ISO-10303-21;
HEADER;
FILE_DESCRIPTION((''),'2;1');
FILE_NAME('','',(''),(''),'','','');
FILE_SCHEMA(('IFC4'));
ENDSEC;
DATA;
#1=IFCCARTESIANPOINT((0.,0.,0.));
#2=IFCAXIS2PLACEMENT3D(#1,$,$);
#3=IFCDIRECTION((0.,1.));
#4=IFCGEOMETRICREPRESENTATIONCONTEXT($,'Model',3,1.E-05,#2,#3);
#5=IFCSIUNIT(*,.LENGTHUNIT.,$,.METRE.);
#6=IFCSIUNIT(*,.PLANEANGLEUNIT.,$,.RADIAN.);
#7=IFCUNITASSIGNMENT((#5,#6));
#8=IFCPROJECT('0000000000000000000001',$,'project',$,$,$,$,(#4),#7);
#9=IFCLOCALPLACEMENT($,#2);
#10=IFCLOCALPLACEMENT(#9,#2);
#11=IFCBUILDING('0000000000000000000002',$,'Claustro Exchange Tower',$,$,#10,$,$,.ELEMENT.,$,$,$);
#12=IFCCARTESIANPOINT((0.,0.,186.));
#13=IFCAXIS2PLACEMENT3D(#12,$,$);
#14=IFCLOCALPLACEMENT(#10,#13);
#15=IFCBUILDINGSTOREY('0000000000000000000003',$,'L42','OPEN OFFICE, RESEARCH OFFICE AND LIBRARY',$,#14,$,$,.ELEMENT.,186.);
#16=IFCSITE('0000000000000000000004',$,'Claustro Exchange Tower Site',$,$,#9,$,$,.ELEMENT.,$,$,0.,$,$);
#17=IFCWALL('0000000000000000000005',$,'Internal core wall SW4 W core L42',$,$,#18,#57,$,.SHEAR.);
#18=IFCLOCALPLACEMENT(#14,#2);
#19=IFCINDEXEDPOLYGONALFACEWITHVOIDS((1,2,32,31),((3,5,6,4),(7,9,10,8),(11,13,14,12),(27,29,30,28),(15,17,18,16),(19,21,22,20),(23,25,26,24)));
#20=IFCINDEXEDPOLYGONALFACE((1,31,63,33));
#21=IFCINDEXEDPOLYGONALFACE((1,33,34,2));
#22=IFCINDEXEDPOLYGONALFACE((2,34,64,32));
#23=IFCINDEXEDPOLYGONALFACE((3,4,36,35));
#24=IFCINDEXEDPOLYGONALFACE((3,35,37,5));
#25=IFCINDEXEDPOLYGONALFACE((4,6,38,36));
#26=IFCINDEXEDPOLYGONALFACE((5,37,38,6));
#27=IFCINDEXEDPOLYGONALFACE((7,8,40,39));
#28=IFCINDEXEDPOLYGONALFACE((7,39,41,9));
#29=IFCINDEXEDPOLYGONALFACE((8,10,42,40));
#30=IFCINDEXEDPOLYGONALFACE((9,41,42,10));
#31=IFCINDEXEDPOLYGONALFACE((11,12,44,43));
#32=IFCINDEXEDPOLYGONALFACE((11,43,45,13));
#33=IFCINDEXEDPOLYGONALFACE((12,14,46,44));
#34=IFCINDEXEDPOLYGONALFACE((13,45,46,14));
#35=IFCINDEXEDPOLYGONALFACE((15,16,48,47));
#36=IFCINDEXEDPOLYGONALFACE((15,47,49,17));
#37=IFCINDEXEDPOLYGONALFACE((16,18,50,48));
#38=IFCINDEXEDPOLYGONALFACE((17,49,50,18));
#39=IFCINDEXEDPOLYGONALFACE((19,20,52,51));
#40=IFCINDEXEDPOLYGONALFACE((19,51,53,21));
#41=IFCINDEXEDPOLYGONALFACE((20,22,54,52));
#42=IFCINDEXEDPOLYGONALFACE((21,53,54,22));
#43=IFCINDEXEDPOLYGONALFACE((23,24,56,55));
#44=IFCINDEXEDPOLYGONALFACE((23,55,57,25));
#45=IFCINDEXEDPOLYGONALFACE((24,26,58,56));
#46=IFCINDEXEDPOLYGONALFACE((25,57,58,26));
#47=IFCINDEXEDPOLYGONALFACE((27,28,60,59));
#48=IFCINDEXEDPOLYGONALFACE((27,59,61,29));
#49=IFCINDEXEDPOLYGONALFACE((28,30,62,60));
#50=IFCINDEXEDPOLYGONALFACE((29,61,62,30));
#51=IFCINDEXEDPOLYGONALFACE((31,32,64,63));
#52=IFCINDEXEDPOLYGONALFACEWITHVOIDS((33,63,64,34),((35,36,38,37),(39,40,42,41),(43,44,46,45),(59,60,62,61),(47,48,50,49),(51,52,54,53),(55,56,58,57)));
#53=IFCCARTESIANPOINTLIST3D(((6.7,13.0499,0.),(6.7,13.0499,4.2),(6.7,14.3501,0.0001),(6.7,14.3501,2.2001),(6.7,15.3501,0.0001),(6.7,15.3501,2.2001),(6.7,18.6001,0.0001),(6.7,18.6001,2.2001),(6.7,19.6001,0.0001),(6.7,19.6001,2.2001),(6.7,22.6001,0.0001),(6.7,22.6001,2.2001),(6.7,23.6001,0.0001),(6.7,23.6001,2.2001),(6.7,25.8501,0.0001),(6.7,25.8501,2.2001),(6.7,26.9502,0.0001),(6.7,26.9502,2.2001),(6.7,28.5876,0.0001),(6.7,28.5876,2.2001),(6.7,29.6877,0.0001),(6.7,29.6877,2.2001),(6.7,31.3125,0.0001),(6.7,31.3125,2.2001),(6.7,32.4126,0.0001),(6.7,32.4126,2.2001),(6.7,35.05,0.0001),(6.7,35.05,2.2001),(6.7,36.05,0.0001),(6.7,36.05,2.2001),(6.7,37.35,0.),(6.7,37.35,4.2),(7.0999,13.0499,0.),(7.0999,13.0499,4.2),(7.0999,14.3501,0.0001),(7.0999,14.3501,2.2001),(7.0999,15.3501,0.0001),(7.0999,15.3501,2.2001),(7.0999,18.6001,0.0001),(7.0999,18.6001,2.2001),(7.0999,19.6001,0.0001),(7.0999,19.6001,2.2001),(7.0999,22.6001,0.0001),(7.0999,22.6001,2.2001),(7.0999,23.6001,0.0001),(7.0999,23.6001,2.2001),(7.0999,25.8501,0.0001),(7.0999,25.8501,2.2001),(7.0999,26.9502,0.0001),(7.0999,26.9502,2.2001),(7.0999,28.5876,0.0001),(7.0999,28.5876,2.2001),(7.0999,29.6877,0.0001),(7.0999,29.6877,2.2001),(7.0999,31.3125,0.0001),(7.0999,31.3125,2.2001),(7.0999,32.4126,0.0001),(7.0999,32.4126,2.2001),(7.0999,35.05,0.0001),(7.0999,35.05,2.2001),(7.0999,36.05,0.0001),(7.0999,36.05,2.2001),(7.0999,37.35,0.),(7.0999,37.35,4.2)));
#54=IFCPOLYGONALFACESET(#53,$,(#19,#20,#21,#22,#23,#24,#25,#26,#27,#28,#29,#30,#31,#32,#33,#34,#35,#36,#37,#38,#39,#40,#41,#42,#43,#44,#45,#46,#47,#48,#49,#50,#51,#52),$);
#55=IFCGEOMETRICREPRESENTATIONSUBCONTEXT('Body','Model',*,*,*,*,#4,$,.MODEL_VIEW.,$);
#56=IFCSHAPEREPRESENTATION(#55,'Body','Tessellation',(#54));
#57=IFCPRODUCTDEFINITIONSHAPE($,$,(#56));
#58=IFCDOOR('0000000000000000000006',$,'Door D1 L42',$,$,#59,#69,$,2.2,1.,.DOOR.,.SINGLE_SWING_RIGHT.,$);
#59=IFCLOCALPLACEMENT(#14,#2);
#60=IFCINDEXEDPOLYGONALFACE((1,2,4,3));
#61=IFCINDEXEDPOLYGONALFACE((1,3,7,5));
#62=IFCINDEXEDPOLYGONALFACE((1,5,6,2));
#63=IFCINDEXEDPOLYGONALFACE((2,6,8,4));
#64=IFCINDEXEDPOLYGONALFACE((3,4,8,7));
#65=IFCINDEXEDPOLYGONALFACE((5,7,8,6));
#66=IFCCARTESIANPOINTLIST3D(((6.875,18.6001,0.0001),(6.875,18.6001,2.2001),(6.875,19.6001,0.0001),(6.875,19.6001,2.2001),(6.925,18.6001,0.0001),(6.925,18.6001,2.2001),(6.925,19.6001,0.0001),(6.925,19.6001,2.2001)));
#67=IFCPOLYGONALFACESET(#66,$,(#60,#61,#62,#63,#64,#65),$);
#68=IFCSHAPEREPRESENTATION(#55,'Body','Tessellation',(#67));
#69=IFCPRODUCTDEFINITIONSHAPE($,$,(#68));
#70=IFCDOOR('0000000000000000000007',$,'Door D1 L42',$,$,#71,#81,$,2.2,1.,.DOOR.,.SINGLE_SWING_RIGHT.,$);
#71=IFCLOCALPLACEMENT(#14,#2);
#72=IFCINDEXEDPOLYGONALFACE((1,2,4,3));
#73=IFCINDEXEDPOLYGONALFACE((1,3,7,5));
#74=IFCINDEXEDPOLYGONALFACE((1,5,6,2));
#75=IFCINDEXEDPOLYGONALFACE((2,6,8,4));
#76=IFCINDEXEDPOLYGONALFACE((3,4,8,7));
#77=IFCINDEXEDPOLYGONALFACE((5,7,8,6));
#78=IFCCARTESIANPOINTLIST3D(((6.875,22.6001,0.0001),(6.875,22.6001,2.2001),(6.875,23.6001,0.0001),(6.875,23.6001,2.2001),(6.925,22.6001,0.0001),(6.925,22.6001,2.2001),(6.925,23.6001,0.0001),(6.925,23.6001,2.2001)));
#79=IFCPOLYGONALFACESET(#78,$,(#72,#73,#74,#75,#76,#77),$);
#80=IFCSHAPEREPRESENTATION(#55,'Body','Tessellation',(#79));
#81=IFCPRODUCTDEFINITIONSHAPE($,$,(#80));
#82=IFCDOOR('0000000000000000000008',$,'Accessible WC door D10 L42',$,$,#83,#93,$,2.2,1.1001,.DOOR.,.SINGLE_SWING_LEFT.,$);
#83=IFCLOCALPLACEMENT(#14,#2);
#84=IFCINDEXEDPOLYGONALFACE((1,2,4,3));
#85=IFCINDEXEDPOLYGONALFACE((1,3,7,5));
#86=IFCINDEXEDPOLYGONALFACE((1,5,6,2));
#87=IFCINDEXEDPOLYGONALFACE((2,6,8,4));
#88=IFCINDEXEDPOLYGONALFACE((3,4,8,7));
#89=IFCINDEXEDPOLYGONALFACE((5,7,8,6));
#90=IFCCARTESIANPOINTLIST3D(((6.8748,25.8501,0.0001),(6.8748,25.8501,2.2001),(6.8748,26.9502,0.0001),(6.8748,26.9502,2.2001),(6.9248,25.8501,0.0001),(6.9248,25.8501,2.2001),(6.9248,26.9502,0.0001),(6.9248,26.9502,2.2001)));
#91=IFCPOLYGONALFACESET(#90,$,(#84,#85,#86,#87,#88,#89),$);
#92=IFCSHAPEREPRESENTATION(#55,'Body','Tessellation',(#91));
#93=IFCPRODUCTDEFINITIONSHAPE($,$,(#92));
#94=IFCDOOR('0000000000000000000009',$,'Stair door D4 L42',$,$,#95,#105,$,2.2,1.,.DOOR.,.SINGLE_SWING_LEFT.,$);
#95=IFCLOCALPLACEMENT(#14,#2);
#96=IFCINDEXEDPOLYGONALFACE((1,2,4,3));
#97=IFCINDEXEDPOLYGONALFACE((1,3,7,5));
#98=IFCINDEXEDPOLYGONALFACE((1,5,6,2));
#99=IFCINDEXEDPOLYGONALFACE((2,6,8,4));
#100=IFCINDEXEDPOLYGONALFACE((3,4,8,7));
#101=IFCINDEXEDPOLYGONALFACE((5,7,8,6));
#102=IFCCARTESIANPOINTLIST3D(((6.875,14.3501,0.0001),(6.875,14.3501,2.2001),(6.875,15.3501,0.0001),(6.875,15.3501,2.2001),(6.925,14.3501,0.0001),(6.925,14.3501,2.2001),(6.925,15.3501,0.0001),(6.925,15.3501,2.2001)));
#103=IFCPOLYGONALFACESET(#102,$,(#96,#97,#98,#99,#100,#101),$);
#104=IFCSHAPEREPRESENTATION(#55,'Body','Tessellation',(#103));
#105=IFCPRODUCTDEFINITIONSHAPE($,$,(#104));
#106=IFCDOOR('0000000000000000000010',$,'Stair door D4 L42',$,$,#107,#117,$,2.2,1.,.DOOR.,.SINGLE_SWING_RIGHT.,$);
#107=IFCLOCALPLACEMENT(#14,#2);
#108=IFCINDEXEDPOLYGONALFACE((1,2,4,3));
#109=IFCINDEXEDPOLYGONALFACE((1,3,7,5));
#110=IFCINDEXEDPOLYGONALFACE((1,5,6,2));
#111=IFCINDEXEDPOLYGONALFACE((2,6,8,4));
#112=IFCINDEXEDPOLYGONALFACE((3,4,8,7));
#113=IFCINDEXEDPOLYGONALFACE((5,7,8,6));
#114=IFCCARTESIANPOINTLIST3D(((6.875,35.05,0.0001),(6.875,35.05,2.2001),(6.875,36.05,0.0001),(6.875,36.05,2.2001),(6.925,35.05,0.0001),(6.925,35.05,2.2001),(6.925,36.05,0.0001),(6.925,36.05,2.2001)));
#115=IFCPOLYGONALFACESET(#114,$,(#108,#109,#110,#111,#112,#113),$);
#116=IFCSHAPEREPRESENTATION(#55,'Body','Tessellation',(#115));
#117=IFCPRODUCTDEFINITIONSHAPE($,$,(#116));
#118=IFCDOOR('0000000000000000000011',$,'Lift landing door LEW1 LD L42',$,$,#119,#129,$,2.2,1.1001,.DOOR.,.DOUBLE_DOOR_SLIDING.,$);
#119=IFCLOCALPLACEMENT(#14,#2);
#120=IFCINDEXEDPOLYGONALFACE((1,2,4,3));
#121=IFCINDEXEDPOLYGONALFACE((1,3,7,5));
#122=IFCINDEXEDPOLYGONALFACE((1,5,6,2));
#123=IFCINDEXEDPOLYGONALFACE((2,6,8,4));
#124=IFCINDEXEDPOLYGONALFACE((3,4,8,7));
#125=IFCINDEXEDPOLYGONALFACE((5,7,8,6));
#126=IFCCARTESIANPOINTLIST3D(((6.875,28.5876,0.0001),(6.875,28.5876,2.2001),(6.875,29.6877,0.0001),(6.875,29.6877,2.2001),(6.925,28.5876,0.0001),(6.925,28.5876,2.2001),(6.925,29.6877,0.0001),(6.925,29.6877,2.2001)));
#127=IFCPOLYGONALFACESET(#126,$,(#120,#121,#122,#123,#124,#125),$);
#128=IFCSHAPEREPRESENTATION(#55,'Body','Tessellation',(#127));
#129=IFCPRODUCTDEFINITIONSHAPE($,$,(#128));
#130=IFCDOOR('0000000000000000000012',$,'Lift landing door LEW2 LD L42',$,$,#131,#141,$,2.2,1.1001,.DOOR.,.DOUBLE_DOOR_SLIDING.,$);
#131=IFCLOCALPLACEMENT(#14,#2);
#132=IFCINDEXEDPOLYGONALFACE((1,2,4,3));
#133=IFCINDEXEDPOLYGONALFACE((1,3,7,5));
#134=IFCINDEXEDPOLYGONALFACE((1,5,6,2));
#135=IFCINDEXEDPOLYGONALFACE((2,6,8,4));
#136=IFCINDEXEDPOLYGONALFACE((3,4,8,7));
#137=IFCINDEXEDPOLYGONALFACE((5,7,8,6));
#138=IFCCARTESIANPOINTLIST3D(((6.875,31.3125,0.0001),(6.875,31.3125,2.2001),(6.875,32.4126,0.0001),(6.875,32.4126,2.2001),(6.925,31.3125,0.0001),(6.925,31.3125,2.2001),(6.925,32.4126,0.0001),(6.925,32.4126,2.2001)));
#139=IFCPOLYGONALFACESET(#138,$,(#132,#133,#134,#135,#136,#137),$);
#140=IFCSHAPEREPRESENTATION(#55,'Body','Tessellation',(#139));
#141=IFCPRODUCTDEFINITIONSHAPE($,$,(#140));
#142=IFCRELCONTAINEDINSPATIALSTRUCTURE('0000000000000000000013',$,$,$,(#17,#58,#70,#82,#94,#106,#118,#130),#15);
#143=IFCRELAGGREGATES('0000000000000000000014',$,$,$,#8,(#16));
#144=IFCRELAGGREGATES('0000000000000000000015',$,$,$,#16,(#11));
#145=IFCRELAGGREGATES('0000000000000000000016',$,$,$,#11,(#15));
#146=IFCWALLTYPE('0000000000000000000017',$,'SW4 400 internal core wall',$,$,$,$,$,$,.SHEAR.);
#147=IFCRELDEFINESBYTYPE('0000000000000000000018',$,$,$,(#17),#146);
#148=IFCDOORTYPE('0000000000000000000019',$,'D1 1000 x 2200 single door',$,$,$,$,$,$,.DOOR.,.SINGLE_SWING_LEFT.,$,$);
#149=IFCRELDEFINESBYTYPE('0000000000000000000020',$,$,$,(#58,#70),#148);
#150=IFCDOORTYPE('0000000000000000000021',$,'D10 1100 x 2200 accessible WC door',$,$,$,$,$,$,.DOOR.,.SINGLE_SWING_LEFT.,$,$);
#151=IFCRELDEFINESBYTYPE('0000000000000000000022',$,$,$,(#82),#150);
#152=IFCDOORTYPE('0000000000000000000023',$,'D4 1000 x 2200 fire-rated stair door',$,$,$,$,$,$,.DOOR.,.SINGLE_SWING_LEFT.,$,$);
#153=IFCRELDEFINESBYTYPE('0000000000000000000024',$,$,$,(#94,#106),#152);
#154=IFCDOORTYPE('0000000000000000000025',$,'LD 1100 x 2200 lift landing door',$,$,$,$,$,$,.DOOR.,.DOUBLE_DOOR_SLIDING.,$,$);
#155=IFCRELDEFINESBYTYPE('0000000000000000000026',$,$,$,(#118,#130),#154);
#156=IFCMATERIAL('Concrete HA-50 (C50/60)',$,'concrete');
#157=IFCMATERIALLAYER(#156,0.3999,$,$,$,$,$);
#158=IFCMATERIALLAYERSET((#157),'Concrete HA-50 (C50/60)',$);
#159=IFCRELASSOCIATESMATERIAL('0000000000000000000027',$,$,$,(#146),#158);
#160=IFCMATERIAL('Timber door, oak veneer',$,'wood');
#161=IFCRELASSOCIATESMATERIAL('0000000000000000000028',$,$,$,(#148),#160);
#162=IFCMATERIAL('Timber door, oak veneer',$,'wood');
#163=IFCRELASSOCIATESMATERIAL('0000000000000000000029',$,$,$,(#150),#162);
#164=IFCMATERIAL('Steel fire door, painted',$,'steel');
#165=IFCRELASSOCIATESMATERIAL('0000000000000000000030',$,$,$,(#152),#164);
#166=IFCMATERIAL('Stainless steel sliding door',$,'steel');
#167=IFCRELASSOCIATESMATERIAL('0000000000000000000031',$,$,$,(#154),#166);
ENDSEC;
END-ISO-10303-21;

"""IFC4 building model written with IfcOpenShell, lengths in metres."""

from ifc_helpers import new_model, si_unit, direction, frame, frame_2d, origin, place, context, subcontext, project, spatial, rectangle, extrude, material, layer, layer_set, type_object, element, fill, save


model = new_model("IFC4")

# Units and contexts
model_context = context("Model", 3, precision=1e-05, world=origin(), true_north=direction((0.0, 1.0)))
body_context = subcontext(model_context, "Body", "Model", "MODEL_VIEW")
ifc_project = project(units=[si_unit("LENGTHUNIT", "METRE"), si_unit("PLANEANGLEUNIT", "RADIAN")], contexts=[model_context])

# Site, building, storey
site_placement = place(None, origin())
site = spatial("IfcSite", under=ifc_project, at=site_placement, Name="Claustro Exchange Tower Site", CompositionType="ELEMENT", RefElevation=0.0)
building_placement = place(site_placement, origin())
building = spatial("IfcBuilding", under=site, at=building_placement, Name="Claustro Exchange Tower", CompositionType="ELEMENT")
storey_placement = place(building_placement, frame((0.0, 0.0, 186.0)))
storey = spatial("IfcBuildingStorey", under=building, at=storey_placement, Name="L42", Description="OPEN OFFICE, RESEARCH OFFICE AND LIBRARY", CompositionType="ELEMENT", Elevation=186.0)

# Wall, openings, doors
ifc_material_1 = material(Name="Concrete HA-50 (C50/60)", Category="concrete")
ifc_layer_1 = layer(ifc_material_1, 0.3999)
ifc_layer_set_1 = layer_set([ifc_layer_1], Name="Concrete HA-50 (C50/60)")
wall_type_1 = type_object("IfcWallType", Name="SW4 400 internal core wall", PredefinedType="SHEAR", material=ifc_layer_set_1)
wall_1_placement = place(storey_placement, frame((6.8999, 13.05, 0.0), z_axis=(0.0, 0.0, 1.0), x_axis=(0.0, 1.0, 0.0)))
wall_1 = element("IfcWall", 1, at=wall_1_placement, inside=storey, type_object=wall_type_1, Name="Internal core wall SW4 W core L42", PredefinedType="SHEAR", context=body_context, shape_type="SweptSolid", body=[
    extrude(rectangle(XDim=24.3, YDim=0.3999, at=frame_2d((12.1499, 0.0))), origin(), (0.0, 0.0, 1.0), 4.2),
])
opening_1_placement = place(wall_1_placement, frame((1.3, 0.0, 0.0)))
opening_1 = element("IfcOpeningElement", 2, at=opening_1_placement, cuts=wall_1, PredefinedType="OPENING", context=body_context, shape_type="SweptSolid", body=[
    extrude(rectangle(XDim=1.0, YDim=2.2, at=frame_2d((0.5, 1.1001))), frame((0.0, 0.21, 0.0), z_axis=(0.0, -1.0, 0.0), x_axis=(1.0, 0.0, 0.0)), (0.0, 0.0, 1.0), 0.4199),
])
opening_2_placement = place(wall_1_placement, frame((22.0, 0.0, 0.0)))
opening_2 = element("IfcOpeningElement", 3, at=opening_2_placement, cuts=wall_1, PredefinedType="OPENING", context=body_context, shape_type="SweptSolid", body=[
    extrude(rectangle(XDim=1.0, YDim=2.2, at=frame_2d((0.5, 1.1001))), frame((0.0, 0.21, 0.0), z_axis=(0.0, -1.0, 0.0), x_axis=(1.0, 0.0, 0.0)), (0.0, 0.0, 1.0), 0.4199),
])
opening_3_placement = place(wall_1_placement, frame((5.55, 0.0, 0.0)))
opening_3 = element("IfcOpeningElement", 4, at=opening_3_placement, cuts=wall_1, PredefinedType="OPENING", context=body_context, shape_type="SweptSolid", body=[
    extrude(rectangle(XDim=1.0, YDim=2.2, at=frame_2d((0.5, 1.1001))), frame((0.0, 0.21, 0.0), z_axis=(0.0, -1.0, 0.0), x_axis=(1.0, 0.0, 0.0)), (0.0, 0.0, 1.0), 0.4199),
])
opening_4_placement = place(wall_1_placement, frame((9.55, 0.0, 0.0)))
opening_4 = element("IfcOpeningElement", 5, at=opening_4_placement, cuts=wall_1, PredefinedType="OPENING", context=body_context, shape_type="SweptSolid", body=[
    extrude(rectangle(XDim=1.0, YDim=2.2, at=frame_2d((0.5, 1.1001))), frame((0.0, 0.21, 0.0), z_axis=(0.0, -1.0, 0.0), x_axis=(1.0, 0.0, 0.0)), (0.0, 0.0, 1.0), 0.4199),
])
opening_5_placement = place(wall_1_placement, frame((12.8, 0.0, 0.0)))
opening_5 = element("IfcOpeningElement", 6, at=opening_5_placement, cuts=wall_1, PredefinedType="OPENING", context=body_context, shape_type="SweptSolid", body=[
    extrude(rectangle(XDim=1.1001, YDim=2.2, at=frame_2d((0.55, 1.1001))), frame((0.0, 0.21, 0.0), z_axis=(0.0, -1.0, 0.0), x_axis=(1.0, 0.0, 0.0)), (0.0, 0.0, 1.0), 0.4199),
])
opening_6_placement = place(wall_1_placement, frame((15.5376, 0.0, 0.0)))
opening_6 = element("IfcOpeningElement", 7, at=opening_6_placement, cuts=wall_1, PredefinedType="OPENING", context=body_context, shape_type="SweptSolid", body=[
    extrude(rectangle(XDim=1.1001, YDim=2.2, at=frame_2d((0.55, 1.1001))), frame((0.0, 0.21, 0.0), z_axis=(0.0, -1.0, 0.0), x_axis=(1.0, 0.0, 0.0)), (0.0, 0.0, 1.0), 0.4199),
])
opening_7_placement = place(wall_1_placement, frame((18.2625, 0.0, 0.0)))
opening_7 = element("IfcOpeningElement", 8, at=opening_7_placement, cuts=wall_1, PredefinedType="OPENING", context=body_context, shape_type="SweptSolid", body=[
    extrude(rectangle(XDim=1.1001, YDim=2.2, at=frame_2d((0.55, 1.1001))), frame((0.0, 0.21, 0.0), z_axis=(0.0, -1.0, 0.0), x_axis=(1.0, 0.0, 0.0)), (0.0, 0.0, 1.0), 0.4199),
])
ifc_material_2 = material(Name="Timber door, oak veneer", Category="wood")
door_type_1 = type_object("IfcDoorType", Name="D1 1000 x 2200 single door", OperationType="SINGLE_SWING_LEFT", PredefinedType="DOOR", material=ifc_material_2)
door_1_placement = place(opening_3_placement, origin())
door_1 = element("IfcDoor", 9, at=door_1_placement, inside=storey, type_object=door_type_1, Name="Door D1 L42", OperationType="SINGLE_SWING_RIGHT", OverallHeight=2.2, OverallWidth=1.0, PredefinedType="DOOR", context=body_context, shape_type="SweptSolid", body=[
    extrude(rectangle(XDim=1.0, YDim=2.2, at=frame_2d((0.5, 1.1001))), frame((0.0, 0.0249, 0.0), z_axis=(0.0, -1.0, 0.0), x_axis=(1.0, 0.0, 0.0)), (0.0, 0.0, 1.0), 0.05),
])
fill(opening_3, door_1)
door_2_placement = place(opening_4_placement, origin())
door_2 = element("IfcDoor", 10, at=door_2_placement, inside=storey, type_object=door_type_1, Name="Door D1 L42", OperationType="SINGLE_SWING_RIGHT", OverallHeight=2.2, OverallWidth=1.0, PredefinedType="DOOR", context=body_context, shape_type="SweptSolid", body=[
    extrude(rectangle(XDim=1.0, YDim=2.2, at=frame_2d((0.5, 1.1001))), frame((0.0, 0.0249, 0.0), z_axis=(0.0, -1.0, 0.0), x_axis=(1.0, 0.0, 0.0)), (0.0, 0.0, 1.0), 0.05),
])
fill(opening_4, door_2)
ifc_material_3 = material(Name="Timber door, oak veneer", Category="wood")
door_type_2 = type_object("IfcDoorType", Name="D10 1100 x 2200 accessible WC door", OperationType="SINGLE_SWING_LEFT", PredefinedType="DOOR", material=ifc_material_3)
door_3_placement = place(opening_5_placement, frame((1.1001, 0.0, 0.0), z_axis=(0.0, 0.0, 1.0), x_axis=(-1.0, 0.0, 0.0)))
door_3 = element("IfcDoor", 11, at=door_3_placement, inside=storey, type_object=door_type_2, Name="Accessible WC door D10 L42", OperationType="SINGLE_SWING_LEFT", OverallHeight=2.2, OverallWidth=1.1001, PredefinedType="DOOR", context=body_context, shape_type="SweptSolid", body=[
    extrude(rectangle(XDim=1.1001, YDim=2.2, at=frame_2d((0.55, 1.1001))), frame((0.0, 0.0249, 0.0), z_axis=(0.0, -1.0, 0.0), x_axis=(1.0, 0.0, 0.0)), (0.0, 0.0, 1.0), 0.05),
])
fill(opening_5, door_3)
ifc_material_4 = material(Name="Steel fire door, painted", Category="steel")
door_type_3 = type_object("IfcDoorType", Name="D4 1000 x 2200 fire-rated stair door", OperationType="SINGLE_SWING_LEFT", PredefinedType="DOOR", material=ifc_material_4)
door_4_placement = place(opening_1_placement, origin())
door_4 = element("IfcDoor", 12, at=door_4_placement, inside=storey, type_object=door_type_3, Name="Stair door D4 L42", OperationType="SINGLE_SWING_LEFT", OverallHeight=2.2, OverallWidth=1.0, PredefinedType="DOOR", context=body_context, shape_type="SweptSolid", body=[
    extrude(rectangle(XDim=1.0, YDim=2.2, at=frame_2d((0.5, 1.1001))), frame((0.0, 0.0249, 0.0), z_axis=(0.0, -1.0, 0.0), x_axis=(1.0, 0.0, 0.0)), (0.0, 0.0, 1.0), 0.05),
])
fill(opening_1, door_4)
door_5_placement = place(opening_2_placement, origin())
door_5 = element("IfcDoor", 13, at=door_5_placement, inside=storey, type_object=door_type_3, Name="Stair door D4 L42", OperationType="SINGLE_SWING_RIGHT", OverallHeight=2.2, OverallWidth=1.0, PredefinedType="DOOR", context=body_context, shape_type="SweptSolid", body=[
    extrude(rectangle(XDim=1.0, YDim=2.2, at=frame_2d((0.5, 1.1001))), frame((0.0, 0.0249, 0.0), z_axis=(0.0, -1.0, 0.0), x_axis=(1.0, 0.0, 0.0)), (0.0, 0.0, 1.0), 0.05),
])
fill(opening_2, door_5)
ifc_material_5 = material(Name="Stainless steel sliding door", Category="steel")
door_type_4 = type_object("IfcDoorType", Name="LD 1100 x 2200 lift landing door", OperationType="DOUBLE_DOOR_SLIDING", PredefinedType="DOOR", material=ifc_material_5)
door_6_placement = place(opening_6_placement, origin())
door_6 = element("IfcDoor", 14, at=door_6_placement, inside=storey, type_object=door_type_4, Name="Lift landing door LEW1 LD L42", OperationType="DOUBLE_DOOR_SLIDING", OverallHeight=2.2, OverallWidth=1.1001, PredefinedType="DOOR", context=body_context, shape_type="SweptSolid", body=[
    extrude(rectangle(XDim=1.1001, YDim=2.2, at=frame_2d((0.55, 1.1001))), frame((0.0, 0.0249, 0.0), z_axis=(0.0, -1.0, 0.0), x_axis=(1.0, 0.0, 0.0)), (0.0, 0.0, 1.0), 0.05),
])
fill(opening_6, door_6)
door_7_placement = place(opening_7_placement, origin())
door_7 = element("IfcDoor", 15, at=door_7_placement, inside=storey, type_object=door_type_4, Name="Lift landing door LEW2 LD L42", OperationType="DOUBLE_DOOR_SLIDING", OverallHeight=2.2, OverallWidth=1.1001, PredefinedType="DOOR", context=body_context, shape_type="SweptSolid", body=[
    extrude(rectangle(XDim=1.1001, YDim=2.2, at=frame_2d((0.55, 1.1001))), frame((0.0, 0.0249, 0.0), z_axis=(0.0, -1.0, 0.0), x_axis=(1.0, 0.0, 0.0)), (0.0, 0.0, 1.0), 0.05),
])
fill(opening_7, door_7)

save(model, "model.ifc")
